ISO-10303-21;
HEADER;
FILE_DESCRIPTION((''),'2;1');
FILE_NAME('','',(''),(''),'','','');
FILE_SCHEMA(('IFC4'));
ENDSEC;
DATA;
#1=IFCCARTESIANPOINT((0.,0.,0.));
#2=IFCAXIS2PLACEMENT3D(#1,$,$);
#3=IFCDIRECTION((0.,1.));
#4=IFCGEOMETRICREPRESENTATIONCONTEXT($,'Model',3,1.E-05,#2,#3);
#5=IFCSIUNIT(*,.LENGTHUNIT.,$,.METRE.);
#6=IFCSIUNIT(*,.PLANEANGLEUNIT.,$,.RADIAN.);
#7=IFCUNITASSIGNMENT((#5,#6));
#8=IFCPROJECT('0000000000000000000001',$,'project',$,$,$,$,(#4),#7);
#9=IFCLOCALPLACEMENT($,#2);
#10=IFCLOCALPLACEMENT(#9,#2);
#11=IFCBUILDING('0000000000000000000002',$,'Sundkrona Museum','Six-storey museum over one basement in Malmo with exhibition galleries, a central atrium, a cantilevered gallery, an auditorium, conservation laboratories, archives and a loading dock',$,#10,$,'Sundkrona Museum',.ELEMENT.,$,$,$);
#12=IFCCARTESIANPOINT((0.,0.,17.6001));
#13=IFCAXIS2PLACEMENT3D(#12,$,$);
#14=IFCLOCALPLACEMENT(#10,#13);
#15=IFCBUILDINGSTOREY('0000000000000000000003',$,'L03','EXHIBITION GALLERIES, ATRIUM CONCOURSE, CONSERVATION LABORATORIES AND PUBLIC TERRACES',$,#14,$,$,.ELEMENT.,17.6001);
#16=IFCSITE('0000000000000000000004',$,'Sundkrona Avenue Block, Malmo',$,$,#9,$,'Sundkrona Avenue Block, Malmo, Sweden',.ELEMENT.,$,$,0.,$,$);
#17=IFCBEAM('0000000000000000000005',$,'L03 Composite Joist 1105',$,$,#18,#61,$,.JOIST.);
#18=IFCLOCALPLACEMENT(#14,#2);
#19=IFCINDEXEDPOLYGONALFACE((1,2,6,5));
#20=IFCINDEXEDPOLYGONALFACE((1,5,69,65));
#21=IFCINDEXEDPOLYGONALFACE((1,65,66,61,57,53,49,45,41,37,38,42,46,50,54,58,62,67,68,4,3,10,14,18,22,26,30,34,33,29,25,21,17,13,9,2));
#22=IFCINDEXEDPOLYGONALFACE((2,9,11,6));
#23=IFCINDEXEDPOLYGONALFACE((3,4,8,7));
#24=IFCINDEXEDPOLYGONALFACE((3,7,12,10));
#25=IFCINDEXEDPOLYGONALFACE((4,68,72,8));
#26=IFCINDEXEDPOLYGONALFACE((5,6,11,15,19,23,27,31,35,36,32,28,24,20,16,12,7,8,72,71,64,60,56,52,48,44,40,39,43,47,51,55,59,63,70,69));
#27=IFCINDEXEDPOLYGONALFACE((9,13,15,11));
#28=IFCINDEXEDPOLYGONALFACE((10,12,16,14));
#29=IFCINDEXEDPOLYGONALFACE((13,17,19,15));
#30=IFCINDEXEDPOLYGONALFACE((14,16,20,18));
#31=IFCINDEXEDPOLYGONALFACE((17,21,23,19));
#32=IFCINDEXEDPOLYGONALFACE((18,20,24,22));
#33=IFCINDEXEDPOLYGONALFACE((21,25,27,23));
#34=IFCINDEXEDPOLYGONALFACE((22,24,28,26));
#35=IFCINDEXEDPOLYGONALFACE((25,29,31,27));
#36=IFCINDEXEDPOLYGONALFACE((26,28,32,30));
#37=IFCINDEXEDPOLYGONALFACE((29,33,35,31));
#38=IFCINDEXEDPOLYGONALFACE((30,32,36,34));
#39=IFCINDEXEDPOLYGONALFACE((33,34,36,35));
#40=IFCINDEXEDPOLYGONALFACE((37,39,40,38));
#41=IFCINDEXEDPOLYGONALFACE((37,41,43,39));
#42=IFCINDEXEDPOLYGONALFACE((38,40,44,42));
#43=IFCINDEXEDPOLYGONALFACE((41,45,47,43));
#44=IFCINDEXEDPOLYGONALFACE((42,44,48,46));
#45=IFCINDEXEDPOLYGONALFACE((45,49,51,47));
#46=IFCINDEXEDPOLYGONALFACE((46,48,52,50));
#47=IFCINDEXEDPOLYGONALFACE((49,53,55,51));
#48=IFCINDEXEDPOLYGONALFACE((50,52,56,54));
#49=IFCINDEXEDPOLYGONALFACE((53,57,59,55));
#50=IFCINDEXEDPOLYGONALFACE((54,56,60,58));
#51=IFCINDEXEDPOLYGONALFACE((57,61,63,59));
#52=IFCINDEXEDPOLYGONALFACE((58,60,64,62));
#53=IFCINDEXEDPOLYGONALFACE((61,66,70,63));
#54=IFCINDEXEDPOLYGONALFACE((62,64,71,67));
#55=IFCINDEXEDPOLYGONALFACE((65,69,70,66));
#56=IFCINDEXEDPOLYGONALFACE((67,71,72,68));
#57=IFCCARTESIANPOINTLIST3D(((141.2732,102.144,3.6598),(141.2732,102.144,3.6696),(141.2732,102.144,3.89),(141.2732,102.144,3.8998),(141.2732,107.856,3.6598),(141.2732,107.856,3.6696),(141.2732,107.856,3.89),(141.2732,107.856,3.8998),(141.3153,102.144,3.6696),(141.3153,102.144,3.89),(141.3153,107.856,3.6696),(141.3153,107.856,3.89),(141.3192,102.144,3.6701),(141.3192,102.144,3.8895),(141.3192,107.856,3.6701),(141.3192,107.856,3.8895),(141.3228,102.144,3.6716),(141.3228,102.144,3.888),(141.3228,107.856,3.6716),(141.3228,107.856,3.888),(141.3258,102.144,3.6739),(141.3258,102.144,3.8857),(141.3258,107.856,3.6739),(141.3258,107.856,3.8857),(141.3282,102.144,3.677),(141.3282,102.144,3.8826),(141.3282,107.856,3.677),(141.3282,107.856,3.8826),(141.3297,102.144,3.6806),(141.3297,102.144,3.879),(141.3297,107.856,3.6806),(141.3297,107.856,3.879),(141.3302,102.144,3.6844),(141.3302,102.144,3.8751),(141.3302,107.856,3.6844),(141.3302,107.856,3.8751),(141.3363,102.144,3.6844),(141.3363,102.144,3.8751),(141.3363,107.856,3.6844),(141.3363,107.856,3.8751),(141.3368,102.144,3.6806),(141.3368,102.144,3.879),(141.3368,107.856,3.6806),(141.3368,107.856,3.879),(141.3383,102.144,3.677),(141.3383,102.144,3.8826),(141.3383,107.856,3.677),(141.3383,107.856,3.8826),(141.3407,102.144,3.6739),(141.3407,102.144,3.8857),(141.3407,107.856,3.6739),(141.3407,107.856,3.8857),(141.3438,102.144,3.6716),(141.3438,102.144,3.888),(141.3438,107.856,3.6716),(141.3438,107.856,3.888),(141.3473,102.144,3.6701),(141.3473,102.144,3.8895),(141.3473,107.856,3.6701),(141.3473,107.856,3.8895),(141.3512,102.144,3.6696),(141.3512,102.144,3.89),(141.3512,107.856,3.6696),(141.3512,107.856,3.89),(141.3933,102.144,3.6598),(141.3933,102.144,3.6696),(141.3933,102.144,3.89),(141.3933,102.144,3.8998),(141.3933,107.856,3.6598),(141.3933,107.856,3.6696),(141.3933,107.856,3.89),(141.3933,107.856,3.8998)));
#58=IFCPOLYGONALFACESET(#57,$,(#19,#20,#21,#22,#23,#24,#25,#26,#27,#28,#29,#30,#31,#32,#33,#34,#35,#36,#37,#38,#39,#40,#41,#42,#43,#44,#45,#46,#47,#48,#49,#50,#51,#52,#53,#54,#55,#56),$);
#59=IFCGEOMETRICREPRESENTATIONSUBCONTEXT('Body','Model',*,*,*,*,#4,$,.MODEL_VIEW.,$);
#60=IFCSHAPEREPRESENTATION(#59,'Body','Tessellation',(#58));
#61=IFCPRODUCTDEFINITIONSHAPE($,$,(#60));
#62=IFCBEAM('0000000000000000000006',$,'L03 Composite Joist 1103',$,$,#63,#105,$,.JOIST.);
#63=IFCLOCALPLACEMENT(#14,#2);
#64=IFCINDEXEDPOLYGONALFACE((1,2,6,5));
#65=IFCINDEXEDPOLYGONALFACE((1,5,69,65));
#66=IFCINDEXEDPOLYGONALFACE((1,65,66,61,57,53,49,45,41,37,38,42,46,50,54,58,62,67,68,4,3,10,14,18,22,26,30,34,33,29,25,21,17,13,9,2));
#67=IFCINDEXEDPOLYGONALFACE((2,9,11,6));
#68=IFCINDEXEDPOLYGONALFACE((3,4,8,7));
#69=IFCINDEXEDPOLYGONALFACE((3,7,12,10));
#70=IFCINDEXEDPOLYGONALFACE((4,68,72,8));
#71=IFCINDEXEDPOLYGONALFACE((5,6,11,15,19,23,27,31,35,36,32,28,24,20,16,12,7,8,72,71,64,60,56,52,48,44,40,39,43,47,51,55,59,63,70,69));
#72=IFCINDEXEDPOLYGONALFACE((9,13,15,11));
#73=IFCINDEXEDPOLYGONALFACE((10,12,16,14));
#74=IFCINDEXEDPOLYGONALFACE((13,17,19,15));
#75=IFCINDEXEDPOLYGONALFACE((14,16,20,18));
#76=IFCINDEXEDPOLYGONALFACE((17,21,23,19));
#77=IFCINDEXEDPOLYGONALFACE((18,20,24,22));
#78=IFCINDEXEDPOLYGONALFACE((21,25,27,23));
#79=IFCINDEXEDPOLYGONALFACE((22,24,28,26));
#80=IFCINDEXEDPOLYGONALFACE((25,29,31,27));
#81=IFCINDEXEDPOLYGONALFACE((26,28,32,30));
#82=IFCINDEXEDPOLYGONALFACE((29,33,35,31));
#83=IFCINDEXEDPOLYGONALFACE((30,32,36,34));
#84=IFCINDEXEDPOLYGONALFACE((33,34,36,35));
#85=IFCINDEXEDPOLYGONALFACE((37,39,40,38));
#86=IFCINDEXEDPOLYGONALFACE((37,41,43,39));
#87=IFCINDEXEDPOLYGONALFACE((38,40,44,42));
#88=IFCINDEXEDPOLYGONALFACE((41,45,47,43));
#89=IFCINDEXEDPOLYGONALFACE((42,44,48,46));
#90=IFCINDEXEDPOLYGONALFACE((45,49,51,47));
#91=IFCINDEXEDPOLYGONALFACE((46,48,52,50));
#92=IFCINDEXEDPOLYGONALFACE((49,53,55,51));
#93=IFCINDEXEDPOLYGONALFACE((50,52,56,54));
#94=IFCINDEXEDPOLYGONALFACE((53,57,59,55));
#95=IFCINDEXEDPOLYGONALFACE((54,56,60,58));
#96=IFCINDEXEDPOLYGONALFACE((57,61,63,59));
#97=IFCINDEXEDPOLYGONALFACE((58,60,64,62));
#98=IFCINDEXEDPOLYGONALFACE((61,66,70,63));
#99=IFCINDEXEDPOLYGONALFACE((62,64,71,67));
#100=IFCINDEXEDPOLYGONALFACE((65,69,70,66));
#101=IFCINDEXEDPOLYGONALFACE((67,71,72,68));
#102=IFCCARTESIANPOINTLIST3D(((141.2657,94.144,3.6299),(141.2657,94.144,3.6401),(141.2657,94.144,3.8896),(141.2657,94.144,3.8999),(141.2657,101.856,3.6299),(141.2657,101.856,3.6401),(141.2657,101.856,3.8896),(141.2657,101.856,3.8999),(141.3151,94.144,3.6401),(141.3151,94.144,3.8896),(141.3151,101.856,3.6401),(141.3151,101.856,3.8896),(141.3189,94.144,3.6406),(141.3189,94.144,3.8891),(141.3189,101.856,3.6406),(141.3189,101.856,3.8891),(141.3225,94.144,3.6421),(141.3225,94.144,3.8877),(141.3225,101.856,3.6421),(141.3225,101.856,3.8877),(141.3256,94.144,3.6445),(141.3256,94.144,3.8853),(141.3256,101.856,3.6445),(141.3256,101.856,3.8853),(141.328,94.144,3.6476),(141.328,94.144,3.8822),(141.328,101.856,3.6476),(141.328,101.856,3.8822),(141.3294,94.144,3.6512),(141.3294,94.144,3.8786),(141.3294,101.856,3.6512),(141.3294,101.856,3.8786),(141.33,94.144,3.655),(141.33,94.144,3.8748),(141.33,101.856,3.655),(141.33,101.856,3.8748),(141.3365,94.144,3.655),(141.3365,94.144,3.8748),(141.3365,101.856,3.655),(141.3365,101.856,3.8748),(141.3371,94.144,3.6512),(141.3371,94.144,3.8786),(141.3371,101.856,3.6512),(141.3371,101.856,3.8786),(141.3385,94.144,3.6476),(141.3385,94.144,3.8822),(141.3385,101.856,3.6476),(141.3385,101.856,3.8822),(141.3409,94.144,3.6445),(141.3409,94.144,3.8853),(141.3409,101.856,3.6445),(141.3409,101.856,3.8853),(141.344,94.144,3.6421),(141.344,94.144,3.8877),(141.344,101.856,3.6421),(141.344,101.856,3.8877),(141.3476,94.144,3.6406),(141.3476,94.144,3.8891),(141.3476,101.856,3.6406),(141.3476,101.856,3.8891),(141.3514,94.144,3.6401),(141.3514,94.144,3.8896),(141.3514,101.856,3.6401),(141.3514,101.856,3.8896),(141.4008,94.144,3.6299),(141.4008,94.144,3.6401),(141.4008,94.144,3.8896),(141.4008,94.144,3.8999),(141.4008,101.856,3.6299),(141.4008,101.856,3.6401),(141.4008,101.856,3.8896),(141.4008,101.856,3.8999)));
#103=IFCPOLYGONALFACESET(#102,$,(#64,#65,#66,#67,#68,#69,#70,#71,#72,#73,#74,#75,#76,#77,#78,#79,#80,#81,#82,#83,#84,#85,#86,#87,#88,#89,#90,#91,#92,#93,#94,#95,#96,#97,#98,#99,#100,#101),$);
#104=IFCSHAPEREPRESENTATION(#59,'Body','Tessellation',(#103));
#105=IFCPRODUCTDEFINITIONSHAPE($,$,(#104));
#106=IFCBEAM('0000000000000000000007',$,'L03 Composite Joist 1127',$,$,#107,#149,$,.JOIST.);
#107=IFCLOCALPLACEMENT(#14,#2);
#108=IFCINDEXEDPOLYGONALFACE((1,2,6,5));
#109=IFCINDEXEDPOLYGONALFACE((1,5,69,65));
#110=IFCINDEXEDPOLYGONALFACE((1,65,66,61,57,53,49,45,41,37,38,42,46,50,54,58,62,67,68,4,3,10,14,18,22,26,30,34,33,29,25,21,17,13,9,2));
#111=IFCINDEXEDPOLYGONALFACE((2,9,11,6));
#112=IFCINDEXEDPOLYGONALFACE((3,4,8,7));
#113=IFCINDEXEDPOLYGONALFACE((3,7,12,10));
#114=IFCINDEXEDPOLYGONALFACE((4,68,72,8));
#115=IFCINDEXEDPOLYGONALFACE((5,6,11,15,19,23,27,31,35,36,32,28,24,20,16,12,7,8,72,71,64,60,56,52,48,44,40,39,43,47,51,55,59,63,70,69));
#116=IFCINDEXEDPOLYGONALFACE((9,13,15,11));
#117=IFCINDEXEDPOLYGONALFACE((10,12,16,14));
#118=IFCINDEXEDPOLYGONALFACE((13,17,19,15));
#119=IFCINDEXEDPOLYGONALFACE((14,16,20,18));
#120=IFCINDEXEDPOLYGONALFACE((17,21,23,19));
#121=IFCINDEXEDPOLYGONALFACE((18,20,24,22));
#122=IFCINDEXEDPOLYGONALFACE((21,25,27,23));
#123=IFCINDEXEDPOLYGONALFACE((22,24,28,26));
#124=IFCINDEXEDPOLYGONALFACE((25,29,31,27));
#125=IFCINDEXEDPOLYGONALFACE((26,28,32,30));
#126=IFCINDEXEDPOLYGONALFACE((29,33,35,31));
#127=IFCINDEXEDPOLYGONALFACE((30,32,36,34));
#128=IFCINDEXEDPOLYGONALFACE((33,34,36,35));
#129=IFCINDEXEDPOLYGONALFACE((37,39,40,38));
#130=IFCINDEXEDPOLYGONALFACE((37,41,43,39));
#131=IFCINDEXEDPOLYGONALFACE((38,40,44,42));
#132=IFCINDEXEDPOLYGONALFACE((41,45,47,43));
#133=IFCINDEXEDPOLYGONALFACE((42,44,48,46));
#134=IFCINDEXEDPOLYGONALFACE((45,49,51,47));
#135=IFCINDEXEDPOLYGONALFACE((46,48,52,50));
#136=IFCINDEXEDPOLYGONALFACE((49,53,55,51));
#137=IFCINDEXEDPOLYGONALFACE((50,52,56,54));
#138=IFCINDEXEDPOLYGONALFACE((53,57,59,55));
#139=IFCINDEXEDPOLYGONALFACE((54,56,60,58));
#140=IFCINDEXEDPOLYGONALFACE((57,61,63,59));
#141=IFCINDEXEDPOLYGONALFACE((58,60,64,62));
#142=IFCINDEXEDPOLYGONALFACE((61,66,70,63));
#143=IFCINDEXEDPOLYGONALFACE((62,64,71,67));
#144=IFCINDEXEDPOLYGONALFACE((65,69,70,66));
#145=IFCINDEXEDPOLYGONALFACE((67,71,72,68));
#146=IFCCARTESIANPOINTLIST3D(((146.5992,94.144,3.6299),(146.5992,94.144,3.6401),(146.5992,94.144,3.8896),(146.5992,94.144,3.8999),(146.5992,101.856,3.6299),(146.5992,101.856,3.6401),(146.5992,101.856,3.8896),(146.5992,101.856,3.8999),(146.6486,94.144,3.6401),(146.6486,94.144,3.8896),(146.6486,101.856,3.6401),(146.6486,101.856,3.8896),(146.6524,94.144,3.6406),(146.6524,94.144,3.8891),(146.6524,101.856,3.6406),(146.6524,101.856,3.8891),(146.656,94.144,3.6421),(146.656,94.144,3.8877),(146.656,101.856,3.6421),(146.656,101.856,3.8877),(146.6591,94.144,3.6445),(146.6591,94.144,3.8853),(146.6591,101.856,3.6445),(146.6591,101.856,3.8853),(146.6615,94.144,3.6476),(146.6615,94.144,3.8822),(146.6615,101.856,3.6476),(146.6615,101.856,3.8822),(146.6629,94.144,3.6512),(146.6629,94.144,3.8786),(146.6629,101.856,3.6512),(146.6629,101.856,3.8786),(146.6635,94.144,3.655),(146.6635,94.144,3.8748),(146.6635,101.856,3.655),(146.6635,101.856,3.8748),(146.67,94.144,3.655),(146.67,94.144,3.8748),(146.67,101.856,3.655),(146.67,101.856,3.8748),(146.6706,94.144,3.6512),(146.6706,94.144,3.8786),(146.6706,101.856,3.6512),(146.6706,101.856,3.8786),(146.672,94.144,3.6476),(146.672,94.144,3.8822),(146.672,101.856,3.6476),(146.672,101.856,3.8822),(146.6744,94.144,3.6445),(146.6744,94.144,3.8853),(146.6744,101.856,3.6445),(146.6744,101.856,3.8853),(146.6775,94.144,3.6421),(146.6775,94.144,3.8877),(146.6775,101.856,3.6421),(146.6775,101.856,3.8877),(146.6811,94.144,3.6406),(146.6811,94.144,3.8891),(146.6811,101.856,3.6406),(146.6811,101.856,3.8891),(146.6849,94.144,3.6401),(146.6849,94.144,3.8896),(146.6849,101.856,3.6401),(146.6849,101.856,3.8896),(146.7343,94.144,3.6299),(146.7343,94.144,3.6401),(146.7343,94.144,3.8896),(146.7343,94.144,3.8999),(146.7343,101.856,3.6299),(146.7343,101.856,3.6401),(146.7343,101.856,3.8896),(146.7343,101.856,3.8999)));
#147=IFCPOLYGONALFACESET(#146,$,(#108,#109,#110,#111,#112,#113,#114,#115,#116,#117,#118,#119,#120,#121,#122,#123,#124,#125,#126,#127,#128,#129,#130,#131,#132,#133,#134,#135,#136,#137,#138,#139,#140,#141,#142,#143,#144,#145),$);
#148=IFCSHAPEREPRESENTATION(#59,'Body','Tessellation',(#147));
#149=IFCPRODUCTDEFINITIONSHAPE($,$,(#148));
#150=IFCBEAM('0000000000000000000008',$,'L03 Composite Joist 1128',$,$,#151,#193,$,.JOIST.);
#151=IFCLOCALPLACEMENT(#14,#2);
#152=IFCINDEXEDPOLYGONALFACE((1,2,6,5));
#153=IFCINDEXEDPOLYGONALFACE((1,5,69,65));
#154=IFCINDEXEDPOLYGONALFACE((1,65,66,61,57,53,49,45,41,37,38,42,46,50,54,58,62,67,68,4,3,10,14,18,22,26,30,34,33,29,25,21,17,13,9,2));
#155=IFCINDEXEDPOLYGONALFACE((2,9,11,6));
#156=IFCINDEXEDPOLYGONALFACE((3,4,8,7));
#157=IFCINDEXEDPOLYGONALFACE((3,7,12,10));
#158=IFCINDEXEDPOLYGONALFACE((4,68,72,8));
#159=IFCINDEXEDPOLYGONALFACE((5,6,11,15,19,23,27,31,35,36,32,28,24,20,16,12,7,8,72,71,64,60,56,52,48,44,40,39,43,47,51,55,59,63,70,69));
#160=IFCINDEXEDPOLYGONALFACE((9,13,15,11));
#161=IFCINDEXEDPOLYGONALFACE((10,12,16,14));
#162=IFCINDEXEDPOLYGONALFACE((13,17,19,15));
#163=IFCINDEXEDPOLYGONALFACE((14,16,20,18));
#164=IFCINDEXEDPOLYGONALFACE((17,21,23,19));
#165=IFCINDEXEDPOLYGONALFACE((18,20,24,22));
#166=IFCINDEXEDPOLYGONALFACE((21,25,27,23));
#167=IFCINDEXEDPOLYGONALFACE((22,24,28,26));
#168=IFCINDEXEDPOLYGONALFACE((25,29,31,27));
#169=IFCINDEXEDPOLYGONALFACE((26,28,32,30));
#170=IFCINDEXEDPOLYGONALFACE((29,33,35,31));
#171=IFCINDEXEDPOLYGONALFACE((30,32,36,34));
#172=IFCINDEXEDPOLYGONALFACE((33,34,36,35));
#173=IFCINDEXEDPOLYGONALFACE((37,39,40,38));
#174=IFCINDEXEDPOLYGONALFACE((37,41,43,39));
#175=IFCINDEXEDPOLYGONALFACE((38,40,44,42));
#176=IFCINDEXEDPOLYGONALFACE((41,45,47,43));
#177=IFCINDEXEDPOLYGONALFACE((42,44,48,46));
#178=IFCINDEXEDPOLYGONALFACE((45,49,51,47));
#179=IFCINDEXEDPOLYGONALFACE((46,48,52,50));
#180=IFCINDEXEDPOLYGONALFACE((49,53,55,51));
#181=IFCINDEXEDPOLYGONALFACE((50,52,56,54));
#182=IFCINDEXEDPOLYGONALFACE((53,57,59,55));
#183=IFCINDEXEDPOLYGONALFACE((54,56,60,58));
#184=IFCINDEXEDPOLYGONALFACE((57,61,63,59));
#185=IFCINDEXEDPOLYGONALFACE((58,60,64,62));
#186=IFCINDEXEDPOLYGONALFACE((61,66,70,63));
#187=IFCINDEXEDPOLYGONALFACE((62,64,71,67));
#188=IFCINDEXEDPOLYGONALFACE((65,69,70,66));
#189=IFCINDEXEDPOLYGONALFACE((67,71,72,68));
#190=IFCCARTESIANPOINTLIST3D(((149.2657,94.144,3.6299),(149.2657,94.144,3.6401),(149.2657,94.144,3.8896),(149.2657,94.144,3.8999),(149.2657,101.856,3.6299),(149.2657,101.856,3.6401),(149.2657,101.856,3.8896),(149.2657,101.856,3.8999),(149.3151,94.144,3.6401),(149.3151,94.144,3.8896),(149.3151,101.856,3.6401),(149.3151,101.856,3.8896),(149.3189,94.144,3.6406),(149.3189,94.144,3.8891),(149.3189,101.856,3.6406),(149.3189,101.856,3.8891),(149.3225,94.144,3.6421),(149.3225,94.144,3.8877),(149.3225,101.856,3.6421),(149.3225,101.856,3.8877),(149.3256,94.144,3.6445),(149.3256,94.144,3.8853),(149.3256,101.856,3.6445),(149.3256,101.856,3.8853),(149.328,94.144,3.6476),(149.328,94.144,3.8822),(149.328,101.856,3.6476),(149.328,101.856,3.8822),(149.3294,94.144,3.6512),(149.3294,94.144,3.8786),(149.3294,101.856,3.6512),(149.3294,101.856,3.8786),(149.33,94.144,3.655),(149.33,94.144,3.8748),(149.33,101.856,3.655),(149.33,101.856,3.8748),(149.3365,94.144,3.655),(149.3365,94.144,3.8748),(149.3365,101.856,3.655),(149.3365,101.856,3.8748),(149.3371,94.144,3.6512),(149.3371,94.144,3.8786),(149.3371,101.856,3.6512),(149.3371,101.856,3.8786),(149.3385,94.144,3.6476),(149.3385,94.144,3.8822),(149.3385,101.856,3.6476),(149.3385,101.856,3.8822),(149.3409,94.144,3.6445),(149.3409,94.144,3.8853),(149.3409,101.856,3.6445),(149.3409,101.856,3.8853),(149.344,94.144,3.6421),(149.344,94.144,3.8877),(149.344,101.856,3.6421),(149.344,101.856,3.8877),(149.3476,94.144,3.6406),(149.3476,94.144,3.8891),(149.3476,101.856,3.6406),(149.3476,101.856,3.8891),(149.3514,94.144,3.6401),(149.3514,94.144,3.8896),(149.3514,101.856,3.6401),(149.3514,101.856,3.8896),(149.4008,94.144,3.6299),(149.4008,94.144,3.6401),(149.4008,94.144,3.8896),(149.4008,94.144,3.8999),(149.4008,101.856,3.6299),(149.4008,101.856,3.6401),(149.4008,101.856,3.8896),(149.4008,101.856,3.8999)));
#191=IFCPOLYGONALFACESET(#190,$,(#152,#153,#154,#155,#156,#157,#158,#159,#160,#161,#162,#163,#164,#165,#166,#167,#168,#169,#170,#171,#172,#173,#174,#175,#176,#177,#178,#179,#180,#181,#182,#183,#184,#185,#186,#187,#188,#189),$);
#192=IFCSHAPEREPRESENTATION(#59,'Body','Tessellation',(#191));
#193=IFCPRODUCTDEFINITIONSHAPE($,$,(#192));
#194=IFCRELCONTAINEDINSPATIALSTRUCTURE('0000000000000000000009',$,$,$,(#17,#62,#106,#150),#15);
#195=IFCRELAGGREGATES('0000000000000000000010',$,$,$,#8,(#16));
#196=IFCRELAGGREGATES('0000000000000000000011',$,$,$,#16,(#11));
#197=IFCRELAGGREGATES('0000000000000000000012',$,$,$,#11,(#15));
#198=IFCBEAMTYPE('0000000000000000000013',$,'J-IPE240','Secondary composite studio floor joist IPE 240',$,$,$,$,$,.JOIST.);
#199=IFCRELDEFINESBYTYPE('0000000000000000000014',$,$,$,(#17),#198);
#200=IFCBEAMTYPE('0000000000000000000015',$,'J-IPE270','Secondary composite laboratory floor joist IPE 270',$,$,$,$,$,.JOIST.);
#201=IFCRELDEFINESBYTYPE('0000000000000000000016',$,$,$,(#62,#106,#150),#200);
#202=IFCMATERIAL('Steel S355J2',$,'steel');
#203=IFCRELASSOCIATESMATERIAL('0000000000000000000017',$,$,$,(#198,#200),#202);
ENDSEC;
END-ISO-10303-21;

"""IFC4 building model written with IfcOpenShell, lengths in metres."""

from ifc_helpers import new_model, si_unit, direction, frame, origin, origin_2d, place, context, subcontext, project, spatial, i_section, extrude, material, material_profile, profile_set, type_object, element, save


model = new_model("IFC4")

# Units and contexts
model_context = context("Model", 3, precision=1e-05, world=origin(), true_north=direction((0.0, 1.0)))
body_context = subcontext(model_context, "Body", "Model", "MODEL_VIEW")
ifc_project = project(units=[si_unit("LENGTHUNIT", "METRE"), si_unit("PLANEANGLEUNIT", "RADIAN")], contexts=[model_context])

# Site, building, storey
site_placement = place(None, origin())
site = spatial("IfcSite", under=ifc_project, at=site_placement, Name="Sundkrona Avenue Block, Malmo", LongName="Sundkrona Avenue Block, Malmo, Sweden", CompositionType="ELEMENT", RefElevation=0.0)
building_placement = place(site_placement, origin())
building = spatial("IfcBuilding", under=site, at=building_placement, Name="Sundkrona Museum", Description="Six-storey museum over one basement in Malmo with exhibition galleries, a central atrium, a cantilevered gallery, an auditorium, conservation laboratories, archives and a loading dock", LongName="Sundkrona Museum", CompositionType="ELEMENT")
storey_placement = place(building_placement, frame((0.0, 0.0, 17.6001)))
storey = spatial("IfcBuildingStorey", under=building, at=storey_placement, Name="L03", Description="EXHIBITION GALLERIES, ATRIUM CONCOURSE, CONSERVATION LABORATORIES AND PUBLIC TERRACES", CompositionType="ELEMENT", Elevation=17.6001)

# Shared definitions
ifc_material_1 = material(Name="Steel S355J2", Category="steel")

# Beams
ifc_material_profile_1 = material_profile(ifc_material_1, i_section(OverallWidth=0.1201, OverallDepth=0.24, WebThickness=0.0061, FlangeThickness=0.0098, FilletRadius=0.0149, at=origin_2d()), Name="IPE 240")
ifc_profile_set_1 = profile_set([ifc_material_profile_1], Name="Steel S355J2")
beam_type_1 = type_object("IfcBeamType", Name="J-IPE240", Description="Secondary composite studio floor joist IPE 240", PredefinedType="JOIST", material=ifc_profile_set_1)
beam_1_placement = place(storey_placement, frame((141.3333, 102.144, 3.7798), z_axis=(0.0, 1.0, 0.0), x_axis=(-1.0, 0.0, 0.0)))
element("IfcBeam", 1, at=beam_1_placement, inside=storey, type_object=beam_type_1, Name="L03 Composite Joist 1105", PredefinedType="JOIST", context=body_context, shape_type="SweptSolid", body=[
    extrude(i_section(OverallWidth=0.1201, OverallDepth=0.24, WebThickness=0.0061, FlangeThickness=0.0098, FilletRadius=0.0149, at=origin_2d()), origin(), (0.0, 0.0, 1.0), 5.7119),
])
ifc_material_profile_2 = material_profile(ifc_material_1, i_section(OverallWidth=0.135, OverallDepth=0.27, WebThickness=0.0066, FlangeThickness=0.0103, FilletRadius=0.0149, at=origin_2d()), Name="IPE 270")
ifc_profile_set_2 = profile_set([ifc_material_profile_2], Name="Steel S355J2")
beam_type_2 = type_object("IfcBeamType", Name="J-IPE270", Description="Secondary composite laboratory floor joist IPE 270", PredefinedType="JOIST", material=ifc_profile_set_2)
for number, where, z_axis, x_axis, name in (
    (2, (141.3333, 94.144, 3.7649), (0.0, 1.0, 0.0), (-1.0, 0.0, 0.0), "L03 Composite Joist 1103"),
    (3, (146.6667, 94.144, 3.7649), (0.0, 1.0, 0.0), (-1.0, 0.0, 0.0), "L03 Composite Joist 1127"),
    (4, (149.3333, 94.144, 3.7649), (0.0, 1.0, 0.0), (-1.0, 0.0, 0.0), "L03 Composite Joist 1128"),
):
    element("IfcBeam", number, at=place(storey_placement, frame(where, z_axis=z_axis, x_axis=x_axis)), inside=storey, type_object=beam_type_2, Name=name, PredefinedType="JOIST", context=body_context, shape_type="SweptSolid", body=[
        extrude(i_section(OverallWidth=0.135, OverallDepth=0.27, WebThickness=0.0066, FlangeThickness=0.0103, FilletRadius=0.0149, at=origin_2d()), origin(), (0.0, 0.0, 1.0), 7.7119),
    ])

save(model, "model.ifc")
